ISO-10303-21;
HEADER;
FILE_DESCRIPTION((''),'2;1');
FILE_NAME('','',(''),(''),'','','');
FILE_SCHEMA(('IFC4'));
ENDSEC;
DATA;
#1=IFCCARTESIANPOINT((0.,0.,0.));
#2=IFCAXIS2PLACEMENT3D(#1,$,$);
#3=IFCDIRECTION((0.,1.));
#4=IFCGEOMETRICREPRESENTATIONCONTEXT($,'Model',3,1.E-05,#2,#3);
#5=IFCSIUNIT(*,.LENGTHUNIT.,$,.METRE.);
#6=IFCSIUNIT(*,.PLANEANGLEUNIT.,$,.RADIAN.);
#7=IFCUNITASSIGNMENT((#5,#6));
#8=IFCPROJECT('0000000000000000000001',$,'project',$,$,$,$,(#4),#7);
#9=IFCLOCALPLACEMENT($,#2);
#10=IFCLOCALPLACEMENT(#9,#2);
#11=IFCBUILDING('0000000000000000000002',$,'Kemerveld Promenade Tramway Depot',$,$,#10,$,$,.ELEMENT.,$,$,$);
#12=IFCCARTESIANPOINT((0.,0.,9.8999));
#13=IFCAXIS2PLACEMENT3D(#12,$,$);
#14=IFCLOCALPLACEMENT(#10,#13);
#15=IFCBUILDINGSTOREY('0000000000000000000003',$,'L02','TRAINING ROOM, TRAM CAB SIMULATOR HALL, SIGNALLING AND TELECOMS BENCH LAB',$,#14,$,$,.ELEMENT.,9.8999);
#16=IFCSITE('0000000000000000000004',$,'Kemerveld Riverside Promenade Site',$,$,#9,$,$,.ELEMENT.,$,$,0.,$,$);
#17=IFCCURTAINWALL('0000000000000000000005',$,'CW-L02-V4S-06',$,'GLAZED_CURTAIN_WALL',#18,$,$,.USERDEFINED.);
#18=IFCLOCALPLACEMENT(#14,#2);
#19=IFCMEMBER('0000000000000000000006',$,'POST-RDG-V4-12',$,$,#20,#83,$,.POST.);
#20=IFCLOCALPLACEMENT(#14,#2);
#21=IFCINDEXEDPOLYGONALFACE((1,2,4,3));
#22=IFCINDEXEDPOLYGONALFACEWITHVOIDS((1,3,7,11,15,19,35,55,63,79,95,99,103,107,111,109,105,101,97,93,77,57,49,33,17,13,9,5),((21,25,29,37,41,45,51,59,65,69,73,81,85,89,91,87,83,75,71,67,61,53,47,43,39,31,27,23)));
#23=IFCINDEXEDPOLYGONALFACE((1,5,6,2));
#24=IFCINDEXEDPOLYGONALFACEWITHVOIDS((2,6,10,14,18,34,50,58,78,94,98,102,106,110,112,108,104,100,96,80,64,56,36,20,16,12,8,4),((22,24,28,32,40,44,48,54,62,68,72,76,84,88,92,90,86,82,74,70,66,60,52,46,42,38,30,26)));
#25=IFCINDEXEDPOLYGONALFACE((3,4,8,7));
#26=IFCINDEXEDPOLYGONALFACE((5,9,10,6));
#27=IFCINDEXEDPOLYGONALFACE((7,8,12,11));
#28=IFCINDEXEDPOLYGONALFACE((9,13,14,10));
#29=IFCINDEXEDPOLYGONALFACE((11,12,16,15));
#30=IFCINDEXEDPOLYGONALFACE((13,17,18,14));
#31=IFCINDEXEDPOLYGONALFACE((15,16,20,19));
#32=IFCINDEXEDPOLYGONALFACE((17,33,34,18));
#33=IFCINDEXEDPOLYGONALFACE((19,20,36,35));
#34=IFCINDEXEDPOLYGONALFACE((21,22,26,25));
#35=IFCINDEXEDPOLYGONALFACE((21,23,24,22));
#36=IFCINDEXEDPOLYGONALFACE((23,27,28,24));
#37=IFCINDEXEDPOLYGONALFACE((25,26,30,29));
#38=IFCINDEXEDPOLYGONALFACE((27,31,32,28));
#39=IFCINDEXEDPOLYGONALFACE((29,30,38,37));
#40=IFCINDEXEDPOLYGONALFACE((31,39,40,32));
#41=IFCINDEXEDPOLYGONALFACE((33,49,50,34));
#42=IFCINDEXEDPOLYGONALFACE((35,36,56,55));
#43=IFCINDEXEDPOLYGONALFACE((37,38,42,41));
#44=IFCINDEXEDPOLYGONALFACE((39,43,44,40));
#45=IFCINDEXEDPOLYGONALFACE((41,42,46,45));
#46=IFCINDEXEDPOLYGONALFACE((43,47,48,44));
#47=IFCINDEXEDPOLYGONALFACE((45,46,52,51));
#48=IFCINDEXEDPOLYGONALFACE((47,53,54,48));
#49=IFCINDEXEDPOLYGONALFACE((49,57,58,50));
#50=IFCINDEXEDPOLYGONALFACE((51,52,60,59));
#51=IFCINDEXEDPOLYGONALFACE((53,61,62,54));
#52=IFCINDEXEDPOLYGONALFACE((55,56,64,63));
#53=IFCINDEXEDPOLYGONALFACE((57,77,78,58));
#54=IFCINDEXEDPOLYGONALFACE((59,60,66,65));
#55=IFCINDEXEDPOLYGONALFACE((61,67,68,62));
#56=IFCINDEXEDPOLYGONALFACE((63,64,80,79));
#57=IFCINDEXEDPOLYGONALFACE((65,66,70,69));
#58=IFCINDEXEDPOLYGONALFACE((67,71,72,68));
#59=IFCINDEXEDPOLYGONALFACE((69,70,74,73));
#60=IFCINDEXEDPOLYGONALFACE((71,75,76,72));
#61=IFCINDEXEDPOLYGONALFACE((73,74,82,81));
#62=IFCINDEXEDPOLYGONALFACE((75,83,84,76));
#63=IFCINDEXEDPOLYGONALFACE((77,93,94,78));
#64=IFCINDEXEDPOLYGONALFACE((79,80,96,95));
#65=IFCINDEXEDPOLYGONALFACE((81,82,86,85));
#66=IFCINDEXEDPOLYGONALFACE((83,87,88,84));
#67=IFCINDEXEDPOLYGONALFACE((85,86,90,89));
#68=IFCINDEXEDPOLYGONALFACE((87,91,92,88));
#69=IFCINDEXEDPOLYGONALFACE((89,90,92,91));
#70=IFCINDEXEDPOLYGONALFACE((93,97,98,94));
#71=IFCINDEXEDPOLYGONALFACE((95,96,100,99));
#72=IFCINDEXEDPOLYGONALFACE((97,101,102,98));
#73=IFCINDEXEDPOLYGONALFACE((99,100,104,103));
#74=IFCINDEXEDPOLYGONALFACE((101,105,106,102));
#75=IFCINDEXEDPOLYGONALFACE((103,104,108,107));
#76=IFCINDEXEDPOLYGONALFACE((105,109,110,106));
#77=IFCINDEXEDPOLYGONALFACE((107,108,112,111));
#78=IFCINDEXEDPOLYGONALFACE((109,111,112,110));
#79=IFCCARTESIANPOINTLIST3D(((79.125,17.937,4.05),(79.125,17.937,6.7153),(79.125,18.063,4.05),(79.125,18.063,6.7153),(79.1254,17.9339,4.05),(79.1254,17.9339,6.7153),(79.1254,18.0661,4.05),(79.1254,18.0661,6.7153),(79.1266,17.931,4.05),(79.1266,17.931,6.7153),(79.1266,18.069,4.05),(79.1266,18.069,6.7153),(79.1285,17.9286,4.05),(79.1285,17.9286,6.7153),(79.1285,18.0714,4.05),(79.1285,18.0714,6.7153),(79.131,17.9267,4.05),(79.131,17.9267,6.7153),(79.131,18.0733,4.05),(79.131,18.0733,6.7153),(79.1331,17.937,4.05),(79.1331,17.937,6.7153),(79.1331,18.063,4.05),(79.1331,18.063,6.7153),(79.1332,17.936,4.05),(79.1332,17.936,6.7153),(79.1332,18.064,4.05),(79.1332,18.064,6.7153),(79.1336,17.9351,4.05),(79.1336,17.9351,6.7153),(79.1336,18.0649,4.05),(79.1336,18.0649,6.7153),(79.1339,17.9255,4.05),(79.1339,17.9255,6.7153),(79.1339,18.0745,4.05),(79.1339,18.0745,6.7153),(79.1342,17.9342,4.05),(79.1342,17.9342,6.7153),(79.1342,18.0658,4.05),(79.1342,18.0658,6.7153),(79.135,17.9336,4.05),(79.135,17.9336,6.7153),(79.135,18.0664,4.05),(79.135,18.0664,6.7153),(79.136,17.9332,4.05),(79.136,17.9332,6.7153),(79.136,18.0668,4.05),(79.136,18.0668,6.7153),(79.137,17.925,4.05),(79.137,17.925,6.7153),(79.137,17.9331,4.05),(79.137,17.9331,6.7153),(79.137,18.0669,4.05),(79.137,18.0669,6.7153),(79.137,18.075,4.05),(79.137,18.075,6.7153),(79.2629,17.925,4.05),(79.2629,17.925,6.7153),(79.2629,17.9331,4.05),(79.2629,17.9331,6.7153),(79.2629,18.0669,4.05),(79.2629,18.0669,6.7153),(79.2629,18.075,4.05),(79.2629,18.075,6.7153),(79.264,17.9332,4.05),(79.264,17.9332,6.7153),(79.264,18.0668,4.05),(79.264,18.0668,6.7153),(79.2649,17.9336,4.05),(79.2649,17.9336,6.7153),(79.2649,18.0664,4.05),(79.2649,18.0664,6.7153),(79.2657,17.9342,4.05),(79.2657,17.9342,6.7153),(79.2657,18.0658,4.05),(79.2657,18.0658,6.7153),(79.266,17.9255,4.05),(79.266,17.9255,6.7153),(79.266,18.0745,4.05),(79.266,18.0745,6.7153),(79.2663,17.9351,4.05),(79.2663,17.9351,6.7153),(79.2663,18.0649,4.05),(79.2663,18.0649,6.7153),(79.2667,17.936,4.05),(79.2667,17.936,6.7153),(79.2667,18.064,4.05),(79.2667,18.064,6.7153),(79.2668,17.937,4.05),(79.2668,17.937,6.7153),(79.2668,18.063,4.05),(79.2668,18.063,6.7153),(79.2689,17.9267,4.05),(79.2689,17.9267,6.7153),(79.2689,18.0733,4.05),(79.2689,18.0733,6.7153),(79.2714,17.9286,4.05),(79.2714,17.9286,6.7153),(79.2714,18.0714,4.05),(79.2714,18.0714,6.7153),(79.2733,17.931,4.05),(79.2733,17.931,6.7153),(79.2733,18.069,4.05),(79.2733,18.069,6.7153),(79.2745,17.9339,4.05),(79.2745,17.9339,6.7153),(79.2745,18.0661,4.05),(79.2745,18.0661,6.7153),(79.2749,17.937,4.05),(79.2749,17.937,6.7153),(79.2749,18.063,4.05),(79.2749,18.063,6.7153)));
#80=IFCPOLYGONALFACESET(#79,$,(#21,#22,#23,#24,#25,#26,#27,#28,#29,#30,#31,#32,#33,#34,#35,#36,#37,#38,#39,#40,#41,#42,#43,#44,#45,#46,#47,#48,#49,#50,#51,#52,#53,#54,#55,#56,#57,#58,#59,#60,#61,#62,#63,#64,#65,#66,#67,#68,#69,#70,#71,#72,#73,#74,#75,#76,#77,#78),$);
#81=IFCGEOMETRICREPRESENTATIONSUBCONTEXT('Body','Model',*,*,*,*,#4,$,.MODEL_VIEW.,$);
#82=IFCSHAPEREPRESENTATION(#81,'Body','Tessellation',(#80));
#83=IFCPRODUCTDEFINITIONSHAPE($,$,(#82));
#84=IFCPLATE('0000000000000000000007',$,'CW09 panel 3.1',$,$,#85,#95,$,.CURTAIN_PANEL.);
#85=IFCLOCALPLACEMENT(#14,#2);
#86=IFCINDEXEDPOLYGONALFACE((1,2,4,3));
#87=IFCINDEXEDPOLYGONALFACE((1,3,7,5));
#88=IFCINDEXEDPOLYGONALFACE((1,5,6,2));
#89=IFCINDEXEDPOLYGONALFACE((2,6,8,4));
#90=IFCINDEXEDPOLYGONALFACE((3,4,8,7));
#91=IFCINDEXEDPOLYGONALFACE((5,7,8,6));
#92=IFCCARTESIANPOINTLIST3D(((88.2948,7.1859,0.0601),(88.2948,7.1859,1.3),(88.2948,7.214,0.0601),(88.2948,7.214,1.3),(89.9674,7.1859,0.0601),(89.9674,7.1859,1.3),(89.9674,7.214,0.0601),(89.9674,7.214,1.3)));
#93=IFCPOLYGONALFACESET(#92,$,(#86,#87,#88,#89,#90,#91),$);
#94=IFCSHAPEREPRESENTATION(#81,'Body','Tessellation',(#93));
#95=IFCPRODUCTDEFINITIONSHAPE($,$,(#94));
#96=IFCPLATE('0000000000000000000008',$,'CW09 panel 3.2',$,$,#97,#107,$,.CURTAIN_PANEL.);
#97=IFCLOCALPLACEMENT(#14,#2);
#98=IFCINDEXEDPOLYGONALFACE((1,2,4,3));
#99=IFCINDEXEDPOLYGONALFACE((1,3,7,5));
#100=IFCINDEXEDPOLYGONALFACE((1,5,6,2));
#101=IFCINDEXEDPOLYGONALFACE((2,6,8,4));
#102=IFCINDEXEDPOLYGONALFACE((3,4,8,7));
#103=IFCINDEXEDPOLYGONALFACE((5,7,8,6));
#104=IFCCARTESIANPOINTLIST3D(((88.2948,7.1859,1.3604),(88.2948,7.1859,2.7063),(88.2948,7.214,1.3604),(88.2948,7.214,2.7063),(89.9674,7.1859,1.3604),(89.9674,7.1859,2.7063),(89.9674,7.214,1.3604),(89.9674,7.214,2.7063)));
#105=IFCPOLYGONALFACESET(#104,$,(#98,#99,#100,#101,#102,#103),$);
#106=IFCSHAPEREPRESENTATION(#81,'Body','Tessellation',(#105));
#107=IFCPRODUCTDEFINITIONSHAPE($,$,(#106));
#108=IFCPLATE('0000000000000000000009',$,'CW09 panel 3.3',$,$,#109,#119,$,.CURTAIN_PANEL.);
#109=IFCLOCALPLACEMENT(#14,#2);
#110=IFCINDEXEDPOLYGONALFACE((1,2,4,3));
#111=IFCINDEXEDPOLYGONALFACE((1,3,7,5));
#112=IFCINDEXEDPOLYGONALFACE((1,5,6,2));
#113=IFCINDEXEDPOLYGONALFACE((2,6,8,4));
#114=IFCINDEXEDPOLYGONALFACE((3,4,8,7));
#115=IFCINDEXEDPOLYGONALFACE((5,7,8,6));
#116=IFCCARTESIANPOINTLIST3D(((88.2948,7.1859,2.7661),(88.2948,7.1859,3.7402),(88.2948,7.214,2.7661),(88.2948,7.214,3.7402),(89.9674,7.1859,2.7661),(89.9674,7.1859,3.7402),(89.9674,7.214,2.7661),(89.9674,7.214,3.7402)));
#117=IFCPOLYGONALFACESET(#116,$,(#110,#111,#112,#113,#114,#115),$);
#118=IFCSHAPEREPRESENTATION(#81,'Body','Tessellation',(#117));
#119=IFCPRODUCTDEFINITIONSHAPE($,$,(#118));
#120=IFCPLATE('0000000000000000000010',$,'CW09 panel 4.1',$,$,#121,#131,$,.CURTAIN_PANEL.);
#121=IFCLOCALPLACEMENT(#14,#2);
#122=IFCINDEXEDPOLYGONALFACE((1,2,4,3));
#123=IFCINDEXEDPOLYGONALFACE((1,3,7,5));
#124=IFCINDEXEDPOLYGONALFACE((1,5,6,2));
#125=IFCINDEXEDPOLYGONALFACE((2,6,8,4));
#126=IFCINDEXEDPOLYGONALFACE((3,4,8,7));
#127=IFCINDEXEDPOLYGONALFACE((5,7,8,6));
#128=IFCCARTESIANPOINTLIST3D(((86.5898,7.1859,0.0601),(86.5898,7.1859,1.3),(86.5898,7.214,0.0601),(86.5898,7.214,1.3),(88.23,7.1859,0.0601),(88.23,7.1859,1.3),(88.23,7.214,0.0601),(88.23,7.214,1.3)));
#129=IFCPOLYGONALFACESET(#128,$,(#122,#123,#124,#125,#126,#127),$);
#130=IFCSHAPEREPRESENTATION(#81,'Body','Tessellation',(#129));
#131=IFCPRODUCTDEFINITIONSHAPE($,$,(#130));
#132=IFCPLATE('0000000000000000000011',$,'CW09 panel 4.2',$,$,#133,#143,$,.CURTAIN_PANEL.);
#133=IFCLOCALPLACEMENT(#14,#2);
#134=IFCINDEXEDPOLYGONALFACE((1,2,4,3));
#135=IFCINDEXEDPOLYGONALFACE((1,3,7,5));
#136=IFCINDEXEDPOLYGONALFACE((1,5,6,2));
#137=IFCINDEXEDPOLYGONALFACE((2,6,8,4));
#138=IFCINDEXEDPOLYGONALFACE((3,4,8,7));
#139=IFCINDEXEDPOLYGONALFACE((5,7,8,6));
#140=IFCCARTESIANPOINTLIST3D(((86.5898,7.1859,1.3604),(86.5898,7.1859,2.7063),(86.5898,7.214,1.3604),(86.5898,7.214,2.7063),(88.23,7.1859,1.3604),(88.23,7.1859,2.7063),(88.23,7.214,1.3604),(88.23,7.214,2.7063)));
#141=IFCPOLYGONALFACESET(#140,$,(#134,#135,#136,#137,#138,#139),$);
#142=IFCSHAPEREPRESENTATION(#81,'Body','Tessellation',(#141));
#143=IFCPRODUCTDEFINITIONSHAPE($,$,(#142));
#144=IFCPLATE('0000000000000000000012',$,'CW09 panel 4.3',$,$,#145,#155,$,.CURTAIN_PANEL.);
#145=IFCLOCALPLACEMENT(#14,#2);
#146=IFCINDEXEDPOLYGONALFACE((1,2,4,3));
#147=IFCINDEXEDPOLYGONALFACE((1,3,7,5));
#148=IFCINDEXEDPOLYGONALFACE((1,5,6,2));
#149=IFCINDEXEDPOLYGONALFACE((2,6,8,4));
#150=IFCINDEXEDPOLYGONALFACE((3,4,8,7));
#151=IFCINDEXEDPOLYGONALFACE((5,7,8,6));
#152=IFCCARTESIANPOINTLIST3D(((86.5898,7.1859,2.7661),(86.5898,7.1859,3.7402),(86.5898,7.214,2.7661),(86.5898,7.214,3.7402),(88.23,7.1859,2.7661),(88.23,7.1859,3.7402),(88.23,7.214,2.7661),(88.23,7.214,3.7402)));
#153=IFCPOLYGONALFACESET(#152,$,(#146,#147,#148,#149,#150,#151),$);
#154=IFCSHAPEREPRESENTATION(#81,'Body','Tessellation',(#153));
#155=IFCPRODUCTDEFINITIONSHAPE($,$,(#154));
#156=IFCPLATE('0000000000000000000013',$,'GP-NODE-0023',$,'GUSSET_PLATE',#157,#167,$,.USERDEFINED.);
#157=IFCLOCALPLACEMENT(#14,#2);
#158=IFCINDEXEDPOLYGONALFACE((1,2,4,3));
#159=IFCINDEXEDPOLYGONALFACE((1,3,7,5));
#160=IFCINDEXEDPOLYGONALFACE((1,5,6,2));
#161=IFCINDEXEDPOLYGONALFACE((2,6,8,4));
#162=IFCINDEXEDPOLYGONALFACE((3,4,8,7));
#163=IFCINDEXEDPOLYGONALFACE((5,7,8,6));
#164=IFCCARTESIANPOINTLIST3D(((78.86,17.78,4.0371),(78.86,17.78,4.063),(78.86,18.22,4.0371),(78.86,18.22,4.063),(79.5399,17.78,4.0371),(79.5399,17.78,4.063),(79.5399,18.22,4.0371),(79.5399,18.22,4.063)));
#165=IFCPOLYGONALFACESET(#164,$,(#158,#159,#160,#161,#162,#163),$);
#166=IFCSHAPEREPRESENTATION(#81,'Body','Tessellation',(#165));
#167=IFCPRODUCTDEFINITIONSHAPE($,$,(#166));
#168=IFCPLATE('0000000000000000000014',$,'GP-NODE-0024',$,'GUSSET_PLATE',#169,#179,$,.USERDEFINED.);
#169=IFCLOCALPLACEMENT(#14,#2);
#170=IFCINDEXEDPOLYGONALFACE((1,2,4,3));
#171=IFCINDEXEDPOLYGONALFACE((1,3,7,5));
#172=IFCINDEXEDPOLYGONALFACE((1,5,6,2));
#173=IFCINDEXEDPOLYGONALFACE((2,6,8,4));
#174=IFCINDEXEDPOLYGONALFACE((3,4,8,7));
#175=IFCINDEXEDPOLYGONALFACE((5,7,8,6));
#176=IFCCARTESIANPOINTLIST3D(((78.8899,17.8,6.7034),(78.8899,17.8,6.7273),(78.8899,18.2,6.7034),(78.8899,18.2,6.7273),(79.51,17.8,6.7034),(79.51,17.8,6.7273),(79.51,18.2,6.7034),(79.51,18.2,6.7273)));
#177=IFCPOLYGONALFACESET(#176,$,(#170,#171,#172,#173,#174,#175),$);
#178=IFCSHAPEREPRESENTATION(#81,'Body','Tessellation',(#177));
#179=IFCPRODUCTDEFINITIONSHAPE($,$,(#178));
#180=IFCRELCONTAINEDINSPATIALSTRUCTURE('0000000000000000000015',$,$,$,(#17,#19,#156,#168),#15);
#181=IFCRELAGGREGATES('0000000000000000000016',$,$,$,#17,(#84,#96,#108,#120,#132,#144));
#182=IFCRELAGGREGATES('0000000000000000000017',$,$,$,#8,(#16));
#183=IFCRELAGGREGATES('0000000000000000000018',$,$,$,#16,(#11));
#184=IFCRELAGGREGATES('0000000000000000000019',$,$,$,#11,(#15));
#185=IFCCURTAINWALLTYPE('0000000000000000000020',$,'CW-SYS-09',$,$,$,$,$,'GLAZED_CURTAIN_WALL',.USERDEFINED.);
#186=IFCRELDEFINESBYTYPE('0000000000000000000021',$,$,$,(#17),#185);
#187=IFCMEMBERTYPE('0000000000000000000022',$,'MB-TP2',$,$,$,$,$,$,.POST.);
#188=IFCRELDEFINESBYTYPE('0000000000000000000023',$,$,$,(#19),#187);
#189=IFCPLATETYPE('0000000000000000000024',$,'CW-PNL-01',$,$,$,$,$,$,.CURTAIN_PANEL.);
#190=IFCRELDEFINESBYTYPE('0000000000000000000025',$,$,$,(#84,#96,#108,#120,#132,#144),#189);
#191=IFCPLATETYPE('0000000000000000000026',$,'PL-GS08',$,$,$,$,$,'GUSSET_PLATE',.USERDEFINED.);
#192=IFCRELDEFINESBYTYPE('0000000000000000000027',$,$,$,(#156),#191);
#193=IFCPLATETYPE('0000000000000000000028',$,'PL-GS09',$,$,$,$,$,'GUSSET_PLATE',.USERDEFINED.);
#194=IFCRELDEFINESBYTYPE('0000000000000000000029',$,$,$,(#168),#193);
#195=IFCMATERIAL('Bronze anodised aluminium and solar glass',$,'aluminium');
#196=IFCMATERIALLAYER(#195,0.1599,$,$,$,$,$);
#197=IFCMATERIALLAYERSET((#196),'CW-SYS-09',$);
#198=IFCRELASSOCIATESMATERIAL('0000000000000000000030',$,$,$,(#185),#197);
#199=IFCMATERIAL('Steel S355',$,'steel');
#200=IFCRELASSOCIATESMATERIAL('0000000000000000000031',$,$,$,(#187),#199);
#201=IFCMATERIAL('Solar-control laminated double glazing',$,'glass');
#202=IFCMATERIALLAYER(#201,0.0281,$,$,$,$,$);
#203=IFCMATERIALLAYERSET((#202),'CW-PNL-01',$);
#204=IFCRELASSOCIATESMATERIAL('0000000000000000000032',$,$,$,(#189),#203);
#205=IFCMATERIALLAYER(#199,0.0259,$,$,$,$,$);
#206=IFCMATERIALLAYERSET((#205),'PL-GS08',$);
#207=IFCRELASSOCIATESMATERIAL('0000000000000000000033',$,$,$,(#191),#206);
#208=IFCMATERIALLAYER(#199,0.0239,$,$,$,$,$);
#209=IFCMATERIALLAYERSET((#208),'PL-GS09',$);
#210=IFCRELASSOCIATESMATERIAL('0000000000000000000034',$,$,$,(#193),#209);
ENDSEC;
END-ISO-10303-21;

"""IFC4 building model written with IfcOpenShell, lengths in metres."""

from ifc_helpers import new_model, si_unit, direction, frame, origin, origin_2d, place, context, subcontext, project, spatial, rectangle, hollow_rectangle, extrude, material, layer, layer_set, material_profile, profile_set, type_object, element, aggregate, save


model = new_model("IFC4")

# Units and contexts
model_context = context("Model", 3, precision=1e-05, world=origin(), true_north=direction((0.0, 1.0)))
body_context = subcontext(model_context, "Body", "Model", "MODEL_VIEW")
ifc_project = project(units=[si_unit("LENGTHUNIT", "METRE"), si_unit("PLANEANGLEUNIT", "RADIAN")], contexts=[model_context])

# Site, building, storey
site_placement = place(None, origin())
site = spatial("IfcSite", under=ifc_project, at=site_placement, Name="Kemerveld Riverside Promenade Site", CompositionType="ELEMENT", RefElevation=0.0)
building_placement = place(site_placement, origin())
building = spatial("IfcBuilding", under=site, at=building_placement, Name="Kemerveld Promenade Tramway Depot", CompositionType="ELEMENT")
storey_placement = place(building_placement, frame((0.0, 0.0, 9.8999)))
storey = spatial("IfcBuildingStorey", under=building, at=storey_placement, Name="L02", Description="TRAINING ROOM, TRAM CAB SIMULATOR HALL, SIGNALLING AND TELECOMS BENCH LAB", CompositionType="ELEMENT", Elevation=9.8999)

# Shared definitions
ifc_material_1 = material(Name="Steel S355", Category="steel")

# Curtain wall
ifc_material_2 = material(Name="Bronze anodised aluminium and solar glass", Category="aluminium")
ifc_layer_1 = layer(ifc_material_2, 0.1599)
ifc_layer_set_1 = layer_set([ifc_layer_1], Name="CW-SYS-09")
curtain_wall_type = type_object("IfcCurtainWallType", Name="CW-SYS-09", ElementType="GLAZED_CURTAIN_WALL", PredefinedType="USERDEFINED", material=ifc_layer_set_1)
curtain_wall_placement = place(storey_placement, origin())
curtain_wall = element("IfcCurtainWall", 1, at=curtain_wall_placement, inside=storey, type_object=curtain_wall_type, Name="CW-L02-V4S-06", ObjectType="GLAZED_CURTAIN_WALL", PredefinedType="USERDEFINED")

# Member
ifc_material_profile_1 = material_profile(ifc_material_1, hollow_rectangle(XDim=0.1499, YDim=0.1499, WallThickness=0.0081, InnerFilletRadius=0.0039, OuterFilletRadius=0.012, at=origin_2d()), Name="150x150x8.0 SHS")
ifc_profile_set_1 = profile_set([ifc_material_profile_1], Name="Steel S355")
member_type_1 = type_object("IfcMemberType", Name="MB-TP2", PredefinedType="POST", material=ifc_profile_set_1)
member_1_placement = place(storey_placement, frame((79.2, 18.0, 4.05), z_axis=(0.0, 0.0, 1.0), x_axis=(1.0, 0.0, 0.0)))
element("IfcMember", 2, at=member_1_placement, inside=storey, type_object=member_type_1, Name="POST-RDG-V4-12", PredefinedType="POST", context=body_context, shape_type="SweptSolid", body=[
    extrude(hollow_rectangle(XDim=0.1499, YDim=0.1499, WallThickness=0.0081, InnerFilletRadius=0.0039, OuterFilletRadius=0.012, at=origin_2d()), origin(), (0.0, 0.0, 1.0), 2.6653),
])

# Plates
ifc_material_3 = material(Name="Solar-control laminated double glazing", Category="glass")
ifc_layer_2 = layer(ifc_material_3, 0.0281)
ifc_layer_set_2 = layer_set([ifc_layer_2], Name="CW-PNL-01")
plate_type_1 = type_object("IfcPlateType", Name="CW-PNL-01", PredefinedType="CURTAIN_PANEL", material=ifc_layer_set_2)
plate_1_placement = place(storey_placement, frame((89.1311, 7.2, 0.0601), z_axis=(0.0, 0.0, 1.0), x_axis=(-1.0, 0.0, 0.0)))
plate_1 = element("IfcPlate", 3, at=plate_1_placement, type_object=plate_type_1, Name="CW09 panel 3.1", PredefinedType="CURTAIN_PANEL", context=body_context, shape_type="SweptSolid", body=[
    extrude(rectangle(XDim=1.6726, YDim=0.0281, at=origin_2d()), origin(), (0.0, 0.0, 1.0), 1.24),
])
plate_2_placement = place(storey_placement, frame((89.1311, 7.2, 1.3604), z_axis=(0.0, 0.0, 1.0), x_axis=(-1.0, 0.0, 0.0)))
plate_2 = element("IfcPlate", 4, at=plate_2_placement, type_object=plate_type_1, Name="CW09 panel 3.2", PredefinedType="CURTAIN_PANEL", context=body_context, shape_type="SweptSolid", body=[
    extrude(rectangle(XDim=1.6726, YDim=0.0281, at=origin_2d()), origin(), (0.0, 0.0, 1.0), 1.3459),
])
plate_3_placement = place(storey_placement, frame((89.1311, 7.2, 2.7661), z_axis=(0.0, 0.0, 1.0), x_axis=(-1.0, 0.0, 0.0)))
plate_3 = element("IfcPlate", 5, at=plate_3_placement, type_object=plate_type_1, Name="CW09 panel 3.3", PredefinedType="CURTAIN_PANEL", context=body_context, shape_type="SweptSolid", body=[
    extrude(rectangle(XDim=1.6726, YDim=0.0281, at=origin_2d()), origin(), (0.0, 0.0, 1.0), 0.9741),
])
plate_4_placement = place(storey_placement, frame((87.4099, 7.2, 0.0601), z_axis=(0.0, 0.0, 1.0), x_axis=(-1.0, 0.0, 0.0)))
plate_4 = element("IfcPlate", 6, at=plate_4_placement, type_object=plate_type_1, Name="CW09 panel 4.1", PredefinedType="CURTAIN_PANEL", context=body_context, shape_type="SweptSolid", body=[
    extrude(rectangle(XDim=1.6401, YDim=0.0281, at=origin_2d()), origin(), (0.0, 0.0, 1.0), 1.24),
])
plate_5_placement = place(storey_placement, frame((87.4099, 7.2, 1.3604), z_axis=(0.0, 0.0, 1.0), x_axis=(-1.0, 0.0, 0.0)))
plate_5 = element("IfcPlate", 7, at=plate_5_placement, type_object=plate_type_1, Name="CW09 panel 4.2", PredefinedType="CURTAIN_PANEL", context=body_context, shape_type="SweptSolid", body=[
    extrude(rectangle(XDim=1.6401, YDim=0.0281, at=origin_2d()), origin(), (0.0, 0.0, 1.0), 1.3459),
])
plate_6_placement = place(storey_placement, frame((87.4099, 7.2, 2.7661), z_axis=(0.0, 0.0, 1.0), x_axis=(-1.0, 0.0, 0.0)))
plate_6 = element("IfcPlate", 8, at=plate_6_placement, type_object=plate_type_1, Name="CW09 panel 4.3", PredefinedType="CURTAIN_PANEL", context=body_context, shape_type="SweptSolid", body=[
    extrude(rectangle(XDim=1.6401, YDim=0.0281, at=origin_2d()), origin(), (0.0, 0.0, 1.0), 0.9741),
])
aggregate(curtain_wall, [plate_1, plate_2, plate_3, plate_4, plate_5, plate_6])

# Plates
ifc_layer_3 = layer(ifc_material_1, 0.0259)
ifc_layer_set_3 = layer_set([ifc_layer_3], Name="PL-GS08")
plate_type_2 = type_object("IfcPlateType", Name="PL-GS08", ElementType="GUSSET_PLATE", PredefinedType="USERDEFINED", material=ifc_layer_set_3)
plate_7_placement = place(storey_placement, frame((79.2, 18.0, 4.0371), z_axis=(0.0, 0.0, 1.0), x_axis=(1.0, 0.0, 0.0)))
element("IfcPlate", 9, at=plate_7_placement, inside=storey, type_object=plate_type_2, Name="GP-NODE-0023", ObjectType="GUSSET_PLATE", PredefinedType="USERDEFINED", context=body_context, shape_type="SweptSolid", body=[
    extrude(rectangle(XDim=0.6799, YDim=0.4399, at=origin_2d()), origin(), (0.0, 0.0, 1.0), 0.0259),
])
ifc_layer_4 = layer(ifc_material_1, 0.0239)
ifc_layer_set_4 = layer_set([ifc_layer_4], Name="PL-GS09")
plate_type_3 = type_object("IfcPlateType", Name="PL-GS09", ElementType="GUSSET_PLATE", PredefinedType="USERDEFINED", material=ifc_layer_set_4)
plate_8_placement = place(storey_placement, frame((79.2, 18.0, 6.7034), z_axis=(0.0, 0.0, 1.0), x_axis=(1.0, 0.0, 0.0)))
element("IfcPlate", 10, at=plate_8_placement, inside=storey, type_object=plate_type_3, Name="GP-NODE-0024", ObjectType="GUSSET_PLATE", PredefinedType="USERDEFINED", context=body_context, shape_type="SweptSolid", body=[
    extrude(rectangle(XDim=0.6201, YDim=0.3999, at=origin_2d()), origin(), (0.0, 0.0, 1.0), 0.0239),
])

save(model, "model.ifc")
